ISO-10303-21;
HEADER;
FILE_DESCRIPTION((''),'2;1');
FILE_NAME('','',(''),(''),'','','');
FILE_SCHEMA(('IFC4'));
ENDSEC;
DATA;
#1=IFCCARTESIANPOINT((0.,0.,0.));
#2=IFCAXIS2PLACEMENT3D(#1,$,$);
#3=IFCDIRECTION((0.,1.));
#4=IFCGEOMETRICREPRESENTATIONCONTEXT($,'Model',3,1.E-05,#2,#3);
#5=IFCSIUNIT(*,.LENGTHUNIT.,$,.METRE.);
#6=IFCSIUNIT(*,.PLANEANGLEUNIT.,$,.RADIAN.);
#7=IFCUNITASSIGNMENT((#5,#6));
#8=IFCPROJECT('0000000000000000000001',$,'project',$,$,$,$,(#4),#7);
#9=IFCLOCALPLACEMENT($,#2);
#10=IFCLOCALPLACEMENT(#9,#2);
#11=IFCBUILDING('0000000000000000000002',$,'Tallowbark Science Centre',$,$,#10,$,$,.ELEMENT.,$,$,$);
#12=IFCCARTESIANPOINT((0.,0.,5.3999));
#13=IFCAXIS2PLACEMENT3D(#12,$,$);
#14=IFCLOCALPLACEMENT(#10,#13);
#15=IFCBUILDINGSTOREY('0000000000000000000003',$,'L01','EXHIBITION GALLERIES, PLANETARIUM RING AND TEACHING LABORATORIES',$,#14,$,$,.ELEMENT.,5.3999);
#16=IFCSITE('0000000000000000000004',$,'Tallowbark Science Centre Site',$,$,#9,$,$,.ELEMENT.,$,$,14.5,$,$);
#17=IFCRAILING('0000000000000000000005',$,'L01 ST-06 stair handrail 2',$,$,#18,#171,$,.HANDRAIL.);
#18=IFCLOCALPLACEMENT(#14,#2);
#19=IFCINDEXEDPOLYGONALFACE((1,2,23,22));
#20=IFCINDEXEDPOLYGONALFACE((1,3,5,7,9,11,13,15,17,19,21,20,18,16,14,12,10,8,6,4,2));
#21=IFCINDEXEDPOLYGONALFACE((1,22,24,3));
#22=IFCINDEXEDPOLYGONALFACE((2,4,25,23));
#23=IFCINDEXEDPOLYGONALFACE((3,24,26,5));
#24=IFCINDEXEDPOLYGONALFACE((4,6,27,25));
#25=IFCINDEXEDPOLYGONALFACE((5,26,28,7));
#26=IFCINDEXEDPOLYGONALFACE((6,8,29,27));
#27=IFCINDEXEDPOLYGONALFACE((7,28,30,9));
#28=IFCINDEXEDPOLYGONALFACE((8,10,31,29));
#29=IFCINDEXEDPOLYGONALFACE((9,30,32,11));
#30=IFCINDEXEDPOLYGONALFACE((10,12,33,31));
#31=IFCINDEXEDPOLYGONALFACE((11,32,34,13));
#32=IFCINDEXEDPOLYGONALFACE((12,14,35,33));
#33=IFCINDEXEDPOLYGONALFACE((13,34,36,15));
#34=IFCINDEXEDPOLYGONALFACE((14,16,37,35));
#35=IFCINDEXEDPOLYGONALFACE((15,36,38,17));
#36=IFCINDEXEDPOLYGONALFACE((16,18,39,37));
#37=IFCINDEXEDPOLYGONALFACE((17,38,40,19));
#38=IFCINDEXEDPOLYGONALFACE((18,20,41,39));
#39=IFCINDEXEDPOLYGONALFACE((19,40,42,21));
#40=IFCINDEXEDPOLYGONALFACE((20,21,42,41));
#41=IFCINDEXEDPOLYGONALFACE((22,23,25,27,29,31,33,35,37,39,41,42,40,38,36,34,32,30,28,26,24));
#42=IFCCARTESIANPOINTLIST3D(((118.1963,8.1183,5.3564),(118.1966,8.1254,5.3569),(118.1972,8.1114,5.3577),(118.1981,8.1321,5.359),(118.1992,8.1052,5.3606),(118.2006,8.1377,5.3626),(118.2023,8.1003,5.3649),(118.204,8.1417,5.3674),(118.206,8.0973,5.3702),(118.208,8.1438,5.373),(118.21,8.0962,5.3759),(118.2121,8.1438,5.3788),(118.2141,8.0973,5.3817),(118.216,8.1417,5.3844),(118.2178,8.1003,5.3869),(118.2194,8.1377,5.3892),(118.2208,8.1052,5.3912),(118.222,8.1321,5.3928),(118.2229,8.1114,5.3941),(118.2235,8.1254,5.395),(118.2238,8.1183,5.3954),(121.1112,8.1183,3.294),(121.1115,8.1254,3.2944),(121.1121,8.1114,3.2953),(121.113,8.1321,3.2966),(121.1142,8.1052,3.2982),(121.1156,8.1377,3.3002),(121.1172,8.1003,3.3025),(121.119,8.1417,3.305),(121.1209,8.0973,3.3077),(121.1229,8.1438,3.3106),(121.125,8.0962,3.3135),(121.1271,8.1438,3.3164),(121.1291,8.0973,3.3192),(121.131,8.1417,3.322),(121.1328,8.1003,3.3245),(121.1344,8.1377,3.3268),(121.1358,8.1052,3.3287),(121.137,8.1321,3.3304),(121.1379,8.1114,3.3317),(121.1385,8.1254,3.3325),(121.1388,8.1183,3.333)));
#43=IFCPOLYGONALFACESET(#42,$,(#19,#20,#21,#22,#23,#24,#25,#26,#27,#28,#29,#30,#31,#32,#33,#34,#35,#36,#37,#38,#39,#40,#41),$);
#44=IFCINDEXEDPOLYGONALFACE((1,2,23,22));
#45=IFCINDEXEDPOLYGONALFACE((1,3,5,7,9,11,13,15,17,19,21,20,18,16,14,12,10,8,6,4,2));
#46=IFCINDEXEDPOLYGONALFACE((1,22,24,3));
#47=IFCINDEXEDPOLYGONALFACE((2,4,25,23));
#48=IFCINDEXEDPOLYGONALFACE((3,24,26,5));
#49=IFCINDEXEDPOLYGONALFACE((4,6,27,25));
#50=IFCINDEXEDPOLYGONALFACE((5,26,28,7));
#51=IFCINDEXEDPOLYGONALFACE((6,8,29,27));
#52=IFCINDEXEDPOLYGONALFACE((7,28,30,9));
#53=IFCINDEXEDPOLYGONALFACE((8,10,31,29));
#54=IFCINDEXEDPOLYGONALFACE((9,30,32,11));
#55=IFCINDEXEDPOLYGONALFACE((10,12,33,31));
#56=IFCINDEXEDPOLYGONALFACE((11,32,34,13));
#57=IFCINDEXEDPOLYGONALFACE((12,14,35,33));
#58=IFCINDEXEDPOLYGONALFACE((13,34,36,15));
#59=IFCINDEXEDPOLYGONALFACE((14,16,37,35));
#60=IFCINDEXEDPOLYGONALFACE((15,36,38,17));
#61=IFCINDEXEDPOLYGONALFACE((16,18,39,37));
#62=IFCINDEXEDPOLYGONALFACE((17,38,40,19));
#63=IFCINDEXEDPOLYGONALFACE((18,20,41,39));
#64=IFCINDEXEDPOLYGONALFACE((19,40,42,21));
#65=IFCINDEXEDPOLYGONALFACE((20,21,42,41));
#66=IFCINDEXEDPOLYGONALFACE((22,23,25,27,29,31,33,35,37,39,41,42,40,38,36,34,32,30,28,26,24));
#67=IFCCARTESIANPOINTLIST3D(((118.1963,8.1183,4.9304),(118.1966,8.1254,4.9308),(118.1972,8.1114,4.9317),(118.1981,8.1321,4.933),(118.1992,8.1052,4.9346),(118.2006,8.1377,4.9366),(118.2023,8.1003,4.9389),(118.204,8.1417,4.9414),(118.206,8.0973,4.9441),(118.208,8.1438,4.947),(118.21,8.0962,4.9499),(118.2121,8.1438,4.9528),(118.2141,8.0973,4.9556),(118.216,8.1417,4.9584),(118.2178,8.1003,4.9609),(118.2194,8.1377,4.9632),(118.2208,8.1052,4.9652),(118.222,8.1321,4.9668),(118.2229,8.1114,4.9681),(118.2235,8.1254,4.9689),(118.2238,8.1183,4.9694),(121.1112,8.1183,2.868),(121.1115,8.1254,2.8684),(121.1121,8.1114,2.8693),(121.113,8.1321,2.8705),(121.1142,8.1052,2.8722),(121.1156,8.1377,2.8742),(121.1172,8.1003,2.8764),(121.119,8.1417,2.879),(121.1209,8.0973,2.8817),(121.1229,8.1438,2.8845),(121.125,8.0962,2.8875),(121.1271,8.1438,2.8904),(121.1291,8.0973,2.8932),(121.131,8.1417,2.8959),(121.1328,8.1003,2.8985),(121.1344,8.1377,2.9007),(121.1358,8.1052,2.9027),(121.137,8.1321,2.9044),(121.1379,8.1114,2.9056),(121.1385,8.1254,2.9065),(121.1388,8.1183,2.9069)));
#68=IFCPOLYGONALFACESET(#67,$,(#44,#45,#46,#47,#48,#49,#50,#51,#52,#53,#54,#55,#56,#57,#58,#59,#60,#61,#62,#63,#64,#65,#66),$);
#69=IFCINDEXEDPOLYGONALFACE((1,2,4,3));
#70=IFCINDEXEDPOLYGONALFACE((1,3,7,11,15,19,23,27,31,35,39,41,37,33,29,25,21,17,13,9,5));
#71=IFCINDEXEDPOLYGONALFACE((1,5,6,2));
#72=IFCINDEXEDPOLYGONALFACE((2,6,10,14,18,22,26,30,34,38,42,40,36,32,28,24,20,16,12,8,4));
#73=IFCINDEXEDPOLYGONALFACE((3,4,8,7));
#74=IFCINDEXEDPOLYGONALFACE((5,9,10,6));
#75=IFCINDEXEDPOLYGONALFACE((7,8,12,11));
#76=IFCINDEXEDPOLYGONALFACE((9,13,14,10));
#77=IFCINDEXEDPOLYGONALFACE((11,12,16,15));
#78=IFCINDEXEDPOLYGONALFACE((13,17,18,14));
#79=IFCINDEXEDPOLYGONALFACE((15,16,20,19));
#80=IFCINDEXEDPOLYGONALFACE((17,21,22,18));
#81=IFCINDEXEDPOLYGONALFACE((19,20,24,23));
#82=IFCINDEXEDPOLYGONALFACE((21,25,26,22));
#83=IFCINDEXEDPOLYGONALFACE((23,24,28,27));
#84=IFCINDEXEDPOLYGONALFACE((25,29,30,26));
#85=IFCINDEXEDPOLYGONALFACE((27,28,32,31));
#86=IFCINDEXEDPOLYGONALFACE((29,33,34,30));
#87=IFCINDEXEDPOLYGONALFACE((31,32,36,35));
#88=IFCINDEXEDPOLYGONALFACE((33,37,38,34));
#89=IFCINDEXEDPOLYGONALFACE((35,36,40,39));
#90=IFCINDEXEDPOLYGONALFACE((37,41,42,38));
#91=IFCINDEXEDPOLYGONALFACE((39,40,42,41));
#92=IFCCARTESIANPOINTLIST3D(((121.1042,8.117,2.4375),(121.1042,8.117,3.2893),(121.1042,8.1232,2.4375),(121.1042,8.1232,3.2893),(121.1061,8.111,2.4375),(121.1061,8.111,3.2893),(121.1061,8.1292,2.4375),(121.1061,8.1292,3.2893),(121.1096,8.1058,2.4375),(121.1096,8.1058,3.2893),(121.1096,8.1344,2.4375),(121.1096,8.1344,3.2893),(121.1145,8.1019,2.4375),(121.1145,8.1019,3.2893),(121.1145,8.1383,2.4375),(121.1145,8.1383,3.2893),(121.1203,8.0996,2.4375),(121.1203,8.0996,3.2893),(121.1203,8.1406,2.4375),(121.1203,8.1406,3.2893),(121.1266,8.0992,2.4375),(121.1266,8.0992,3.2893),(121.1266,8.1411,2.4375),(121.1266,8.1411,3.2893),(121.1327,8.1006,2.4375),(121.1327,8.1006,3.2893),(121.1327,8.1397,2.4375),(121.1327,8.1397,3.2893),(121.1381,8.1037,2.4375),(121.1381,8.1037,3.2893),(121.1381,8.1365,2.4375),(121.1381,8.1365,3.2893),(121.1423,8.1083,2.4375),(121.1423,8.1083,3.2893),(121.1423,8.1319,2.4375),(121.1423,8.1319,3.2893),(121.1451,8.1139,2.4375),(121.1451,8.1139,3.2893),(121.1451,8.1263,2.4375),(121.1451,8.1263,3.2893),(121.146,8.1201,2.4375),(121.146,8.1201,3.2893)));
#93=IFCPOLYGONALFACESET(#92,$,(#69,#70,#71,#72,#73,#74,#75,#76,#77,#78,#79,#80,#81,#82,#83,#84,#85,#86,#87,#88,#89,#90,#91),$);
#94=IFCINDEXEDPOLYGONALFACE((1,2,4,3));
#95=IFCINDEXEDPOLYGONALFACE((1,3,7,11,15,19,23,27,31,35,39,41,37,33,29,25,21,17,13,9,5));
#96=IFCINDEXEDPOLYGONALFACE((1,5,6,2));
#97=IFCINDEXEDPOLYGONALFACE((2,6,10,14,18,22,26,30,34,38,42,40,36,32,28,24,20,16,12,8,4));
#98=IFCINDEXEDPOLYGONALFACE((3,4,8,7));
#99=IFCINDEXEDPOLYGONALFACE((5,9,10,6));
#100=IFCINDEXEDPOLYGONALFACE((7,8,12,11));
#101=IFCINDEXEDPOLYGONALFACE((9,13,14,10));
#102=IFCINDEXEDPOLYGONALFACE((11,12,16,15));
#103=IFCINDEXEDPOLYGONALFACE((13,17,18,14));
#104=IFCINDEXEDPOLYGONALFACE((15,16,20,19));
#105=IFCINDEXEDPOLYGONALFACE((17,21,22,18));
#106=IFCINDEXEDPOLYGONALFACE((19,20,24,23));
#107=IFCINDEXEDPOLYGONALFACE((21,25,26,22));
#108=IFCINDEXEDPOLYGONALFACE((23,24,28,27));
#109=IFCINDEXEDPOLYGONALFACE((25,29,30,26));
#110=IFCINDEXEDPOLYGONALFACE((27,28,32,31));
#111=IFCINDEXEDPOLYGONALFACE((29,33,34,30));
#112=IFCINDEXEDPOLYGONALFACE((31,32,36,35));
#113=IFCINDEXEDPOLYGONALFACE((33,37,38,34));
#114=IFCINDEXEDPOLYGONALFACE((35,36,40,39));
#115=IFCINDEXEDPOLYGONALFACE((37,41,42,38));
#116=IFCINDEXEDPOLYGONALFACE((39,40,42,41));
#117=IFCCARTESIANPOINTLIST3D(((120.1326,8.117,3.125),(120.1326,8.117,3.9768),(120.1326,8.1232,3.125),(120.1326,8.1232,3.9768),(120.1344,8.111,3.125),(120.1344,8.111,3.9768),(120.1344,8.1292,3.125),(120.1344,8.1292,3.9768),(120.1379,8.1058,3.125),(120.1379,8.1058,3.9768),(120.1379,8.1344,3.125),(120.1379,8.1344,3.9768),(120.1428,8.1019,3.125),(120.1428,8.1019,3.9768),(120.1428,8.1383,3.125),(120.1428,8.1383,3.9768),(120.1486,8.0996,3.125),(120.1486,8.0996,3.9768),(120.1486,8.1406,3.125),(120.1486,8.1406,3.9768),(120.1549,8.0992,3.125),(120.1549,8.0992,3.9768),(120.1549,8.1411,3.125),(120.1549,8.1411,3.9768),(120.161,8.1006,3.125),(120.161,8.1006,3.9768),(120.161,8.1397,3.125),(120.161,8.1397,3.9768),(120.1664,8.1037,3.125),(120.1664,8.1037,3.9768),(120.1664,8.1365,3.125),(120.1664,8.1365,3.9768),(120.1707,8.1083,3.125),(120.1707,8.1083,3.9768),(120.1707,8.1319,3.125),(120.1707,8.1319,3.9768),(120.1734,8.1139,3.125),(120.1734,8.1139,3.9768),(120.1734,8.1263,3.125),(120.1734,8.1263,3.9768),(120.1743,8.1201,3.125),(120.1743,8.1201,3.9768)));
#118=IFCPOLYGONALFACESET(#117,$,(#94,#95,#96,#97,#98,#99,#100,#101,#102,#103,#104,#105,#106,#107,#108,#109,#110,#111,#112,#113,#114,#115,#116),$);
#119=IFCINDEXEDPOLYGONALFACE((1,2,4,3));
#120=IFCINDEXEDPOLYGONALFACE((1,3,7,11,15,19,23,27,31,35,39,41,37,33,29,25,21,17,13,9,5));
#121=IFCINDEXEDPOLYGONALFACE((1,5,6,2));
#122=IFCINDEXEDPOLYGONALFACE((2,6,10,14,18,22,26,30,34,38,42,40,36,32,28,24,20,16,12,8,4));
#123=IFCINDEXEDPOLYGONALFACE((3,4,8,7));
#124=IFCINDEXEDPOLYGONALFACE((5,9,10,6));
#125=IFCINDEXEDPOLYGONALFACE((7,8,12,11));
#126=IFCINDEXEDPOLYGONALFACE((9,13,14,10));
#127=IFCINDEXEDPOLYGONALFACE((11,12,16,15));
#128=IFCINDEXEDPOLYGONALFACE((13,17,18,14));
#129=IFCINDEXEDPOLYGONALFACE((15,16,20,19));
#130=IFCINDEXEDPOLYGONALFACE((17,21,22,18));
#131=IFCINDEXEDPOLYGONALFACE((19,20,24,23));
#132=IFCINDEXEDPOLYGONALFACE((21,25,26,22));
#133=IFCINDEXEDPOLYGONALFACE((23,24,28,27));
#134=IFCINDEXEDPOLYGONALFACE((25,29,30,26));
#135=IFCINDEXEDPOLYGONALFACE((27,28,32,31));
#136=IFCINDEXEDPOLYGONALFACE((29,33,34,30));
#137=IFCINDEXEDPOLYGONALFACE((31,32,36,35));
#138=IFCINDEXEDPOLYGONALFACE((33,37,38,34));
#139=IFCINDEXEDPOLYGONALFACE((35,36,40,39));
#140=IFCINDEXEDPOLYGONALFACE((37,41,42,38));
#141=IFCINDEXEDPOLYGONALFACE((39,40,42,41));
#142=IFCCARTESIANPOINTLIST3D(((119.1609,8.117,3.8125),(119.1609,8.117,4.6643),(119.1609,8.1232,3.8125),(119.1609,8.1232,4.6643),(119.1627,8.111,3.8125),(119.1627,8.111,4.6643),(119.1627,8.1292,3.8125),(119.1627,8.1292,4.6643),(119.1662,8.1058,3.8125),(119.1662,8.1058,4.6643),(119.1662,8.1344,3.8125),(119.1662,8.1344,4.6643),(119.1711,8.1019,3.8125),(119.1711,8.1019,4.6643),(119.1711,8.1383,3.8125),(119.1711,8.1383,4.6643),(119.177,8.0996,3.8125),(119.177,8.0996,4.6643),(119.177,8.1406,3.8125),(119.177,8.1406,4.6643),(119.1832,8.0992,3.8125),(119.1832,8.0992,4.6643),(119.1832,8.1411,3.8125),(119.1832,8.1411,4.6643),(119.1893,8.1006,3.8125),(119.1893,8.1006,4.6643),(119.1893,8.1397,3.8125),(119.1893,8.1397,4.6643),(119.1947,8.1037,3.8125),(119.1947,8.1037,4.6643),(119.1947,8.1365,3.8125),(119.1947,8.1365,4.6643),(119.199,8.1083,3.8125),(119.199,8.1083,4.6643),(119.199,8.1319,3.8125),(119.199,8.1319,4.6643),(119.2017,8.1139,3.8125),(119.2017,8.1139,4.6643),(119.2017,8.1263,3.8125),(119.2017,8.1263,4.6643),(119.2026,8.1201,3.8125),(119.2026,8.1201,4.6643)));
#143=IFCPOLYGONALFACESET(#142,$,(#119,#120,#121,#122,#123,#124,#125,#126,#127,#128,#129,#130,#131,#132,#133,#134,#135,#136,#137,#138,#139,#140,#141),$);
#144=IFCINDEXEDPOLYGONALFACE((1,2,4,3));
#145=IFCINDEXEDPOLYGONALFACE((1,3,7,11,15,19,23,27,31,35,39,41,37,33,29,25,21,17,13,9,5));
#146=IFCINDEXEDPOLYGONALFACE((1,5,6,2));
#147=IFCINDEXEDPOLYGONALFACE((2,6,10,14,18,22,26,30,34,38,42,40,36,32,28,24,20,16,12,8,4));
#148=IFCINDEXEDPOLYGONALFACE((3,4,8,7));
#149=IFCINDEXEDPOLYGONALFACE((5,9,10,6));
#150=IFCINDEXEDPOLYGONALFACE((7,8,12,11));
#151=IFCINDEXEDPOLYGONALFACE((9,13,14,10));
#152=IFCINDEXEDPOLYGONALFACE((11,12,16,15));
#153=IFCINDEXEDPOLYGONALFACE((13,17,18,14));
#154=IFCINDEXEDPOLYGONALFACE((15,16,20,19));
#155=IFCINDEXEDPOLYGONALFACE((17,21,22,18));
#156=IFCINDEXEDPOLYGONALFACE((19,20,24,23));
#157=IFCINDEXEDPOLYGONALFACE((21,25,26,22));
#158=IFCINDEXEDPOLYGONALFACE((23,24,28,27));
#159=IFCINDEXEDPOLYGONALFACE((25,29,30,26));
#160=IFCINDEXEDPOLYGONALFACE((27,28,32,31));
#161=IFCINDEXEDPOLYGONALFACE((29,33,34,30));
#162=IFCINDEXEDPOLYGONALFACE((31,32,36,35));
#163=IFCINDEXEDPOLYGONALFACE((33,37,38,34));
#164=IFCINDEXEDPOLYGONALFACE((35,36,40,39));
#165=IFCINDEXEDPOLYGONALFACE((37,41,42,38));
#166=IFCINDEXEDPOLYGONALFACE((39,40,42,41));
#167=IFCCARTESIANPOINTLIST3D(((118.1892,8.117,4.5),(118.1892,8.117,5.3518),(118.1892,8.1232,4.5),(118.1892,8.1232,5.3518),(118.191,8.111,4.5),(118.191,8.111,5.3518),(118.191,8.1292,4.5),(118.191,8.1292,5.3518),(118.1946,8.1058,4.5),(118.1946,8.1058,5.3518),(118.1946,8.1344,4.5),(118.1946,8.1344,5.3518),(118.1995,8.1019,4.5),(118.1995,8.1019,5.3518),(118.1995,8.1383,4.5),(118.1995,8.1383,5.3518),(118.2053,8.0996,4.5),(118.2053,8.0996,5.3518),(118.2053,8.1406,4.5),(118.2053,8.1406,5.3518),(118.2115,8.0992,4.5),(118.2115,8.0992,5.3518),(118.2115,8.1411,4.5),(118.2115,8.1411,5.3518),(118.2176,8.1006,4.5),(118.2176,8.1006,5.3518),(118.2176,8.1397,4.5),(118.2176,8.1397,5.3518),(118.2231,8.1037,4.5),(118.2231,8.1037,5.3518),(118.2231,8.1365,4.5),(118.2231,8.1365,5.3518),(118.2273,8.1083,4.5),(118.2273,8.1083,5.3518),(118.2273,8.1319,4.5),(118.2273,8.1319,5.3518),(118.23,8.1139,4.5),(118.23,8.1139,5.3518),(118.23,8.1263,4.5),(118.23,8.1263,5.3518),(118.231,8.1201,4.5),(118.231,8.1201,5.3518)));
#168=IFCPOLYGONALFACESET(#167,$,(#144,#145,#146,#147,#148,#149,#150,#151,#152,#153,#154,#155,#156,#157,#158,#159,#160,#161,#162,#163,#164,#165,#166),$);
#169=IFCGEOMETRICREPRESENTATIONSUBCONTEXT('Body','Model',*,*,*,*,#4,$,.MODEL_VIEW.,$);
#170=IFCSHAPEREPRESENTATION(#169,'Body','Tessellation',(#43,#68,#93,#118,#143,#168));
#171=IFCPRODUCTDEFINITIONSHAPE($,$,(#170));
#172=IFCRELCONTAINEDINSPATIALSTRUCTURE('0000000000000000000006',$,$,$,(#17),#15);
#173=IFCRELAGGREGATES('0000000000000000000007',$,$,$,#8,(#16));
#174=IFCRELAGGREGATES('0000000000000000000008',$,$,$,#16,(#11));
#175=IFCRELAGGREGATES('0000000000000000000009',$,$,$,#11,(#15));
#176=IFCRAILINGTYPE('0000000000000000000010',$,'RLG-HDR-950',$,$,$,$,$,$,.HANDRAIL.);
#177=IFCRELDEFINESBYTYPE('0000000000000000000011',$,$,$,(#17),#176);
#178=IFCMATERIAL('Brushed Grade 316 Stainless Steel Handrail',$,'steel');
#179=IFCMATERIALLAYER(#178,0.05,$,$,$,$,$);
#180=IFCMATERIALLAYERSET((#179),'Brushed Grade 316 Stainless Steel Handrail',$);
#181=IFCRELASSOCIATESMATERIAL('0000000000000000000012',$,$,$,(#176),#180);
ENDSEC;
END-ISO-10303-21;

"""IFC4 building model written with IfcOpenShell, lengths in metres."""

from ifc_helpers import new_model, si_unit, direction, frame, origin, origin_2d, place, context, subcontext, project, spatial, circle, extrude, material, layer, layer_set, type_object, element, save


model = new_model("IFC4")

# Units and contexts
model_context = context("Model", 3, precision=1e-05, world=origin(), true_north=direction((0.0, 1.0)))
body_context = subcontext(model_context, "Body", "Model", "MODEL_VIEW")
ifc_project = project(units=[si_unit("LENGTHUNIT", "METRE"), si_unit("PLANEANGLEUNIT", "RADIAN")], contexts=[model_context])

# Site, building, storey
site_placement = place(None, origin())
site = spatial("IfcSite", under=ifc_project, at=site_placement, Name="Tallowbark Science Centre Site", CompositionType="ELEMENT", RefElevation=14.5)
building_placement = place(site_placement, origin())
building = spatial("IfcBuilding", under=site, at=building_placement, Name="Tallowbark Science Centre", CompositionType="ELEMENT")
storey_placement = place(building_placement, frame((0.0, 0.0, 5.3999)))
storey = spatial("IfcBuildingStorey", under=building, at=storey_placement, Name="L01", Description="EXHIBITION GALLERIES, PLANETARIUM RING AND TEACHING LABORATORIES", CompositionType="ELEMENT", Elevation=5.3999)

# Railing
ifc_material_1 = material(Name="Brushed Grade 316 Stainless Steel Handrail", Category="steel")
ifc_layer_1 = layer(ifc_material_1, 0.05)
ifc_layer_set_1 = layer_set([ifc_layer_1], Name="Brushed Grade 316 Stainless Steel Handrail")
railing_type_1 = type_object("IfcRailingType", Name="RLG-HDR-950", PredefinedType="HANDRAIL", material=ifc_layer_set_1)
railing_1_placement = place(storey_placement, frame((121.125, 8.1201, 2.4375)))
element("IfcRailing", 1, at=railing_1_placement, inside=storey, type_object=railing_type_1, Name="L01 ST-06 stair handrail 2", PredefinedType="HANDRAIL", context=body_context, shape_type="SweptSolid", body=[
    extrude(circle(Radius=0.0239, at=origin_2d()), frame((0.0, 0.0, 0.876), z_axis=(-0.816331, 0.0, 0.577585), x_axis=(0.0, -1.0, 0.0)), (0.0, 0.0, 1.0), 3.5708),
    extrude(circle(Radius=0.0239, at=origin_2d()), frame((0.0, 0.0, 0.45), z_axis=(-0.816331, 0.0, 0.577585), x_axis=(0.0, -1.0, 0.0)), (0.0, 0.0, 1.0), 3.5708),
    extrude(circle(Radius=0.021, at=origin_2d()), origin(), (0.0, 0.0, 1.0), 0.8518),
    extrude(circle(Radius=0.021, at=origin_2d()), frame((-0.9717, 0.0, 0.6875)), (0.0, 0.0, 1.0), 0.8518),
    extrude(circle(Radius=0.021, at=origin_2d()), frame((-1.9434, 0.0, 1.375)), (0.0, 0.0, 1.0), 0.8518),
    extrude(circle(Radius=0.021, at=origin_2d()), frame((-2.915, 0.0, 2.0625)), (0.0, 0.0, 1.0), 0.8518),
])

save(model, "model.ifc")
